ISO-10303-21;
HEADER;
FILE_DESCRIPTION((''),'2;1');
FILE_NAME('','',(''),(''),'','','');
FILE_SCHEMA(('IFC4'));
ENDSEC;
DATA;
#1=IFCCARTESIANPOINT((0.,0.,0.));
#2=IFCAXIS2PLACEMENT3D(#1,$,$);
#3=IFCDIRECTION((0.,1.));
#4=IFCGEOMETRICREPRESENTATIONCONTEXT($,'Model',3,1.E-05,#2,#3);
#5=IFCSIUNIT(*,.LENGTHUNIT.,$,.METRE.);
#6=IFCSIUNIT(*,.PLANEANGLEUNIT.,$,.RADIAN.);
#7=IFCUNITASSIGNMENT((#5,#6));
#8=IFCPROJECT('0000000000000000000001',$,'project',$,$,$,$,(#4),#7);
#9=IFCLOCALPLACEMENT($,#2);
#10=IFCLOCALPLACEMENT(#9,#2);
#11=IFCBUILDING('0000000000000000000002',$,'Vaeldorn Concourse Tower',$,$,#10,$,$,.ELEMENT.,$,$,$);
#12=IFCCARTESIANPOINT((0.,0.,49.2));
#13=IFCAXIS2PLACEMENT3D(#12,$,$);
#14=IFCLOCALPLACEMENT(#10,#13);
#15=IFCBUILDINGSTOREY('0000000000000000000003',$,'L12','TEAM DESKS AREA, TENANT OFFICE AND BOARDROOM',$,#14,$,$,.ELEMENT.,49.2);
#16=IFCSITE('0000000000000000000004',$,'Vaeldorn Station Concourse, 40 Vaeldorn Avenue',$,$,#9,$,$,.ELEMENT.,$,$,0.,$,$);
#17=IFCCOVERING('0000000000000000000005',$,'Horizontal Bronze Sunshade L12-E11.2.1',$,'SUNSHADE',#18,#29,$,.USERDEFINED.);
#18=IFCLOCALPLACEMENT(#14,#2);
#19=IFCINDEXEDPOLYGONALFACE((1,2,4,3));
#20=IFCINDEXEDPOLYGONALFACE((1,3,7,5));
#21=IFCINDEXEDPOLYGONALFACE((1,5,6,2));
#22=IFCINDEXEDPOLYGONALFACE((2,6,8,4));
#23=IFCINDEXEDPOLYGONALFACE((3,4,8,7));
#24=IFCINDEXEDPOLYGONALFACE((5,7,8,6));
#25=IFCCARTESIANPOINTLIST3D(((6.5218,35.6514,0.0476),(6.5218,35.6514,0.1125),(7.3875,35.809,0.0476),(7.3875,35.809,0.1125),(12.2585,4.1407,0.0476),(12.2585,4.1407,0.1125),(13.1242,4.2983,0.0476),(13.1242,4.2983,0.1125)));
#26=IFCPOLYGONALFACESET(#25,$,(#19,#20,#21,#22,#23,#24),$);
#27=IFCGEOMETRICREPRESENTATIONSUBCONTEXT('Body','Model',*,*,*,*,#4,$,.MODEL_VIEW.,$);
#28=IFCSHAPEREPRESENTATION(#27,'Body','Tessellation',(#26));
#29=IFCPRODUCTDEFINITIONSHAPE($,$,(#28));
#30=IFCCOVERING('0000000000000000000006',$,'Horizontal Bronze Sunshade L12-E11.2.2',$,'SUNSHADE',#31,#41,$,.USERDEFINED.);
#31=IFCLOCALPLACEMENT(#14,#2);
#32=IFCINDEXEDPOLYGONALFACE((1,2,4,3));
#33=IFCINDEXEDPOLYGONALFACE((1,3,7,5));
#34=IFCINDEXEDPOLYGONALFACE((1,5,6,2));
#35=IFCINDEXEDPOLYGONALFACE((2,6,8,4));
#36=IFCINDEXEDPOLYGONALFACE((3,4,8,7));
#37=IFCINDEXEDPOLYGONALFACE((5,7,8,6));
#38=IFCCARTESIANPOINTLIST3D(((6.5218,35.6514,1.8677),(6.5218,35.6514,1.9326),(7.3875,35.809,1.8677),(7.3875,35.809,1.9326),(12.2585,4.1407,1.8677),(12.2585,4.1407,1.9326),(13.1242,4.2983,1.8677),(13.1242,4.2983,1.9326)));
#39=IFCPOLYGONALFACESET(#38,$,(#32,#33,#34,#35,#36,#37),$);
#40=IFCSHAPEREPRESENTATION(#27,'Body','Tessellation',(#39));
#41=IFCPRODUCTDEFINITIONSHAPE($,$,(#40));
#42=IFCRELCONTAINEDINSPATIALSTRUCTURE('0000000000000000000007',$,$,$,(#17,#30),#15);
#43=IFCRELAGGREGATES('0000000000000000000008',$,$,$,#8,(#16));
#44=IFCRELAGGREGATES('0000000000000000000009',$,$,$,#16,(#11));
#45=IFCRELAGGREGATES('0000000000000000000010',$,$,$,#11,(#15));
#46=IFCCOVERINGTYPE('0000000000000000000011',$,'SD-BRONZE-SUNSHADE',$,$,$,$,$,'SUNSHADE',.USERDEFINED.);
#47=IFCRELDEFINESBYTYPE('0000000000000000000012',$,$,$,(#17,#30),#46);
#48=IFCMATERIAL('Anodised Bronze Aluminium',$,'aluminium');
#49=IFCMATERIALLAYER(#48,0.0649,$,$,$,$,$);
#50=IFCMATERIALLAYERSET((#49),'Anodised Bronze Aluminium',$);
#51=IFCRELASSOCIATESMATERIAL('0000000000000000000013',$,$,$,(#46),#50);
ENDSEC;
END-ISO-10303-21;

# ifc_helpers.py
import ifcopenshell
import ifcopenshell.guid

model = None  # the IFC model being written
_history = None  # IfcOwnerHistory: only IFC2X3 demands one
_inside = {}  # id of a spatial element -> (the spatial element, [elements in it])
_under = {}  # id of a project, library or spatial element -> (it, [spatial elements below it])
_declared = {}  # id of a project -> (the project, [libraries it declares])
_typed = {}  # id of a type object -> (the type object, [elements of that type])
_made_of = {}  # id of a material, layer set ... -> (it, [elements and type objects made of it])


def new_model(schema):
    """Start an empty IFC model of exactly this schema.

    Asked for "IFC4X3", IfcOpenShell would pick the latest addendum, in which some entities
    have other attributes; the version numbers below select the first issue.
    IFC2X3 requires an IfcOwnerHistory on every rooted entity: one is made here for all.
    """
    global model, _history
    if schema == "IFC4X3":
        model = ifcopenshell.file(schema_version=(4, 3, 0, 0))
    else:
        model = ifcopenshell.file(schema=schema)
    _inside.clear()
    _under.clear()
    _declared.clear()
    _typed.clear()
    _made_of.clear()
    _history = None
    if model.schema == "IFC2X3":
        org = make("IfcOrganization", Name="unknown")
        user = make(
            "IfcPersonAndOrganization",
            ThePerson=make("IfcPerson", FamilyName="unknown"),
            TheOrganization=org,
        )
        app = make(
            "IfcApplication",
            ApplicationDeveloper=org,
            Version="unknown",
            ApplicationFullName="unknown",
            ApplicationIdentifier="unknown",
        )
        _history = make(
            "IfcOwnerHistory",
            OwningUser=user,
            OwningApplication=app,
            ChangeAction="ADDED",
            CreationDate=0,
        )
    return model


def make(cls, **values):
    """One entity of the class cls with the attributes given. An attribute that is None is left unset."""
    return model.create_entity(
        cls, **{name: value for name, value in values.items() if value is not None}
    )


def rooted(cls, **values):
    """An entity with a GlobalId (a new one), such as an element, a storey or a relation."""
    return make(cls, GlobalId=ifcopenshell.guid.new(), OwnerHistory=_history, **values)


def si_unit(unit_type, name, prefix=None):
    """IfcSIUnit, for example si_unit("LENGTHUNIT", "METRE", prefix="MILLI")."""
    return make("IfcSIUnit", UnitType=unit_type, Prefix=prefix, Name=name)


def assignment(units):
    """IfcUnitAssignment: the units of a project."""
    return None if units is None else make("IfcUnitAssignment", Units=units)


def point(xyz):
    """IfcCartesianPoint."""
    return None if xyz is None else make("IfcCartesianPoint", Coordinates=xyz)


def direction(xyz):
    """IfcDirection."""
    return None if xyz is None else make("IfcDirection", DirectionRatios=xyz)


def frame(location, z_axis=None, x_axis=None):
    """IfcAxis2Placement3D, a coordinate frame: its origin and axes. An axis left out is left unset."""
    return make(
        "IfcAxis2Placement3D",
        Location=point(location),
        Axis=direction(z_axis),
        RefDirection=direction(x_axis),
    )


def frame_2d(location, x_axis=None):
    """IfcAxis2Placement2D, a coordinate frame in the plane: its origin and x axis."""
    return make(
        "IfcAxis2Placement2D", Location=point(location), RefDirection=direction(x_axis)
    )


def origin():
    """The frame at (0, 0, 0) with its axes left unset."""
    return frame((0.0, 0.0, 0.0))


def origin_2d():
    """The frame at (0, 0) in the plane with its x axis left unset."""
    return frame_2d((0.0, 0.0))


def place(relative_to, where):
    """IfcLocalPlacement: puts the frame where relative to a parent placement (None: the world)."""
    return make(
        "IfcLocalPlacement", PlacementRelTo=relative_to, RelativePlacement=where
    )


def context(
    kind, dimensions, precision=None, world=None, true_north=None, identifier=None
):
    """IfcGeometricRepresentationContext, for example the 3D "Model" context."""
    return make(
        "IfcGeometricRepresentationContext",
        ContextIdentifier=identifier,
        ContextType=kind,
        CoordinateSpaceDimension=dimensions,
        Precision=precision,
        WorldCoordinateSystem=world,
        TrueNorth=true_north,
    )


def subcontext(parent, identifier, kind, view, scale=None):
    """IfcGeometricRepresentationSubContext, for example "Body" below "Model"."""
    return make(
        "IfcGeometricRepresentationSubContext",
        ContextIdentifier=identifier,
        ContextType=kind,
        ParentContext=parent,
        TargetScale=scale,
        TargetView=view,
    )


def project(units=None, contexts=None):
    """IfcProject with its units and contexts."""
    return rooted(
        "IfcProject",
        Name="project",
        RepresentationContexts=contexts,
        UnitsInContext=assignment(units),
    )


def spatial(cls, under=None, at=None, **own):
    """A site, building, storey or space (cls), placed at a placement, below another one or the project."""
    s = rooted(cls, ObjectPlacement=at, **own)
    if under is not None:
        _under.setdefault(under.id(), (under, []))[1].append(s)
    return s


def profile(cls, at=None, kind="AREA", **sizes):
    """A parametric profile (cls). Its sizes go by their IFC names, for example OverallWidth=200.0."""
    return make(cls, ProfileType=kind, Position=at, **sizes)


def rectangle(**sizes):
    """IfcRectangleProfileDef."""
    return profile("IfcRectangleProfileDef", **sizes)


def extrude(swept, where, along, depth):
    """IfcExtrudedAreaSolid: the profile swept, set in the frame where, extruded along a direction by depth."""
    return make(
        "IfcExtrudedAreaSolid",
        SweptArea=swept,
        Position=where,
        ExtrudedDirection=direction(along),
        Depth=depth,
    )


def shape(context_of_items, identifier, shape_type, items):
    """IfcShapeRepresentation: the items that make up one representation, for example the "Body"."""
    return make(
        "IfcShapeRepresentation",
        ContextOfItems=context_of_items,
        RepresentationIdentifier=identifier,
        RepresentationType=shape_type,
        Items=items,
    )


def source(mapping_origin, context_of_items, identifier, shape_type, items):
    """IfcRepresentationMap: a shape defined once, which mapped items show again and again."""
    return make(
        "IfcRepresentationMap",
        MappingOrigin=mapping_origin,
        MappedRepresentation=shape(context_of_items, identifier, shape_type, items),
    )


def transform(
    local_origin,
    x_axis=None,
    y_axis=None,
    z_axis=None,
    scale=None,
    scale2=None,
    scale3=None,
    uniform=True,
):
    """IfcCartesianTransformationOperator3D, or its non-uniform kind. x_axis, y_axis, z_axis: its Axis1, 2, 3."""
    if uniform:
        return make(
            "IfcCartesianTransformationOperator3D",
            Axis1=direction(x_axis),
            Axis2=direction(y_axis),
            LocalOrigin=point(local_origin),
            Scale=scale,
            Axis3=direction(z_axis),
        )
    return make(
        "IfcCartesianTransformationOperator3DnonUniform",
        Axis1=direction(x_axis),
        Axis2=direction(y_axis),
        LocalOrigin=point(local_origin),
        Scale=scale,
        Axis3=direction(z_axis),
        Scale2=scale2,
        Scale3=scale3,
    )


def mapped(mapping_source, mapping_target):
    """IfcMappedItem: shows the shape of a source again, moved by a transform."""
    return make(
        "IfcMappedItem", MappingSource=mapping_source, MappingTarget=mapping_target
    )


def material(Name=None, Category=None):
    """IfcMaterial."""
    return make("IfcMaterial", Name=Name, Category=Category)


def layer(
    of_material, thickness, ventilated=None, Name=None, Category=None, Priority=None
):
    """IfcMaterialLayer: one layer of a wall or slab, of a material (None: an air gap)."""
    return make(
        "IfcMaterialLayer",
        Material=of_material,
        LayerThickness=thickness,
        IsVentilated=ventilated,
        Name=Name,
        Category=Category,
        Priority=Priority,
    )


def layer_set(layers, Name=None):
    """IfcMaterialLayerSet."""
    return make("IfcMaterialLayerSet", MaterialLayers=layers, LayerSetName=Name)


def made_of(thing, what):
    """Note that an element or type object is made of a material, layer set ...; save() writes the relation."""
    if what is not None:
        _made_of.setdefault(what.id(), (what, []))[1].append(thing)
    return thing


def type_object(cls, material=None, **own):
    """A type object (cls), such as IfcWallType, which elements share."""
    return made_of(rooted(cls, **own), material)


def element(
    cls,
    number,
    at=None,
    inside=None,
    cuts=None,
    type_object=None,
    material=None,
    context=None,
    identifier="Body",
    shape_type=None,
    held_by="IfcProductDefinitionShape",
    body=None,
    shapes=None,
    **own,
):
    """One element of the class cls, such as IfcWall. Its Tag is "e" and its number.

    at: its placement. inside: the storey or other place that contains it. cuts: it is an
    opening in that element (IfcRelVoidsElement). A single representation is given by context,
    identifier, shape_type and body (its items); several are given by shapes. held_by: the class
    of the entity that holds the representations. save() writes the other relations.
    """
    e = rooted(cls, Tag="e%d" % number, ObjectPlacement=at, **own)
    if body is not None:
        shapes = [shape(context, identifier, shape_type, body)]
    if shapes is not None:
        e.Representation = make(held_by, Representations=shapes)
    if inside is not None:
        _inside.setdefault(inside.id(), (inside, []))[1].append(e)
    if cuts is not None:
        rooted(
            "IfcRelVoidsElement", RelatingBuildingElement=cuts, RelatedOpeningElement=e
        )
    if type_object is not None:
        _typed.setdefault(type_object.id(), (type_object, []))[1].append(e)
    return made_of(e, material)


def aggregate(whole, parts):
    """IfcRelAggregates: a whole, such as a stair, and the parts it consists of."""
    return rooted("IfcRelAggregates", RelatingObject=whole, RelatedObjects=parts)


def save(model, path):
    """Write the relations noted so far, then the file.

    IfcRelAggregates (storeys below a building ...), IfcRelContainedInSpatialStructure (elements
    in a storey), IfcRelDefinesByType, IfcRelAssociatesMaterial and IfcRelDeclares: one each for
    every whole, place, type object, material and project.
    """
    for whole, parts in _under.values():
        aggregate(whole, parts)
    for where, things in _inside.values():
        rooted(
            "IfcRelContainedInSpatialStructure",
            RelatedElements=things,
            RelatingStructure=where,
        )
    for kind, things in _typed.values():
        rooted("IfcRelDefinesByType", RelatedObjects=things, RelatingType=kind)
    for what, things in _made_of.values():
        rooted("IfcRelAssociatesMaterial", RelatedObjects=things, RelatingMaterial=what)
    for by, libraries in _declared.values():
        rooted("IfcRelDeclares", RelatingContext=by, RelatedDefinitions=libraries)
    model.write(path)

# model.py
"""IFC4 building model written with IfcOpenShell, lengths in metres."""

from ifc_helpers import new_model, si_unit, direction, frame, origin, origin_2d, place, context, subcontext, project, spatial, rectangle, extrude, source, transform, mapped, material, layer, layer_set, type_object, element, save


model = new_model("IFC4")

# Units and contexts
model_context = context("Model", 3, precision=1e-05, world=origin(), true_north=direction((0.0, 1.0)))
body_context = subcontext(model_context, "Body", "Model", "MODEL_VIEW")
ifc_project = project(units=[si_unit("LENGTHUNIT", "METRE"), si_unit("PLANEANGLEUNIT", "RADIAN")], contexts=[model_context])

# Site, building, storey
site_placement = place(None, origin())
site = spatial("IfcSite", under=ifc_project, at=site_placement, Name="Vaeldorn Station Concourse, 40 Vaeldorn Avenue", CompositionType="ELEMENT", RefElevation=0.0)
building_placement = place(site_placement, origin())
building = spatial("IfcBuilding", under=site, at=building_placement, Name="Vaeldorn Concourse Tower", CompositionType="ELEMENT")
storey_placement = place(building_placement, frame((0.0, 0.0, 49.2)))
storey = spatial("IfcBuildingStorey", under=building, at=storey_placement, Name="L12", Description="TEAM DESKS AREA, TENANT OFFICE AND BOARDROOM", CompositionType="ELEMENT", Elevation=49.2)

# Shared definitions
ifc_material_1 = material(Name="Anodised Bronze Aluminium", Category="aluminium")

# Coverings
ifc_layer_1 = layer(ifc_material_1, 0.0649)
ifc_layer_set_1 = layer_set([ifc_layer_1], Name="Anodised Bronze Aluminium")
covering_type = type_object("IfcCoveringType", Name="SD-BRONZE-SUNSHADE", ElementType="SUNSHADE", PredefinedType="USERDEFINED", material=ifc_layer_set_1)
shared_shape_1 = source(origin(), body_context, "Body", "SweptSolid", [
    extrude(rectangle(XDim=32.0286, YDim=0.8799, at=origin_2d()), origin(), (0.0, 0.0, 1.0), 0.0649),
])
for number, where, z_axis, x_axis, name in (
    (1, (9.823, 19.9749, 0.0476), (0.0, 0.0, 1.0), (0.179111, -0.983829, 0.0), "Horizontal Bronze Sunshade L12-E11.2.1"),
    (2, (9.823, 19.9749, 1.8677), (0.0, 0.0, 1.0), (0.179111, -0.983829, 0.0), "Horizontal Bronze Sunshade L12-E11.2.2"),
):
    element("IfcCovering", number, at=place(storey_placement, frame(where, z_axis=z_axis, x_axis=x_axis)), inside=storey, type_object=covering_type, Name=name, ObjectType="SUNSHADE", PredefinedType="USERDEFINED", context=body_context, shape_type="MappedRepresentation", body=[
        mapped(shared_shape_1, transform((0.0, 0.0, 0.0), scale=1.0)),
    ])

save(model, "model.ifc")
